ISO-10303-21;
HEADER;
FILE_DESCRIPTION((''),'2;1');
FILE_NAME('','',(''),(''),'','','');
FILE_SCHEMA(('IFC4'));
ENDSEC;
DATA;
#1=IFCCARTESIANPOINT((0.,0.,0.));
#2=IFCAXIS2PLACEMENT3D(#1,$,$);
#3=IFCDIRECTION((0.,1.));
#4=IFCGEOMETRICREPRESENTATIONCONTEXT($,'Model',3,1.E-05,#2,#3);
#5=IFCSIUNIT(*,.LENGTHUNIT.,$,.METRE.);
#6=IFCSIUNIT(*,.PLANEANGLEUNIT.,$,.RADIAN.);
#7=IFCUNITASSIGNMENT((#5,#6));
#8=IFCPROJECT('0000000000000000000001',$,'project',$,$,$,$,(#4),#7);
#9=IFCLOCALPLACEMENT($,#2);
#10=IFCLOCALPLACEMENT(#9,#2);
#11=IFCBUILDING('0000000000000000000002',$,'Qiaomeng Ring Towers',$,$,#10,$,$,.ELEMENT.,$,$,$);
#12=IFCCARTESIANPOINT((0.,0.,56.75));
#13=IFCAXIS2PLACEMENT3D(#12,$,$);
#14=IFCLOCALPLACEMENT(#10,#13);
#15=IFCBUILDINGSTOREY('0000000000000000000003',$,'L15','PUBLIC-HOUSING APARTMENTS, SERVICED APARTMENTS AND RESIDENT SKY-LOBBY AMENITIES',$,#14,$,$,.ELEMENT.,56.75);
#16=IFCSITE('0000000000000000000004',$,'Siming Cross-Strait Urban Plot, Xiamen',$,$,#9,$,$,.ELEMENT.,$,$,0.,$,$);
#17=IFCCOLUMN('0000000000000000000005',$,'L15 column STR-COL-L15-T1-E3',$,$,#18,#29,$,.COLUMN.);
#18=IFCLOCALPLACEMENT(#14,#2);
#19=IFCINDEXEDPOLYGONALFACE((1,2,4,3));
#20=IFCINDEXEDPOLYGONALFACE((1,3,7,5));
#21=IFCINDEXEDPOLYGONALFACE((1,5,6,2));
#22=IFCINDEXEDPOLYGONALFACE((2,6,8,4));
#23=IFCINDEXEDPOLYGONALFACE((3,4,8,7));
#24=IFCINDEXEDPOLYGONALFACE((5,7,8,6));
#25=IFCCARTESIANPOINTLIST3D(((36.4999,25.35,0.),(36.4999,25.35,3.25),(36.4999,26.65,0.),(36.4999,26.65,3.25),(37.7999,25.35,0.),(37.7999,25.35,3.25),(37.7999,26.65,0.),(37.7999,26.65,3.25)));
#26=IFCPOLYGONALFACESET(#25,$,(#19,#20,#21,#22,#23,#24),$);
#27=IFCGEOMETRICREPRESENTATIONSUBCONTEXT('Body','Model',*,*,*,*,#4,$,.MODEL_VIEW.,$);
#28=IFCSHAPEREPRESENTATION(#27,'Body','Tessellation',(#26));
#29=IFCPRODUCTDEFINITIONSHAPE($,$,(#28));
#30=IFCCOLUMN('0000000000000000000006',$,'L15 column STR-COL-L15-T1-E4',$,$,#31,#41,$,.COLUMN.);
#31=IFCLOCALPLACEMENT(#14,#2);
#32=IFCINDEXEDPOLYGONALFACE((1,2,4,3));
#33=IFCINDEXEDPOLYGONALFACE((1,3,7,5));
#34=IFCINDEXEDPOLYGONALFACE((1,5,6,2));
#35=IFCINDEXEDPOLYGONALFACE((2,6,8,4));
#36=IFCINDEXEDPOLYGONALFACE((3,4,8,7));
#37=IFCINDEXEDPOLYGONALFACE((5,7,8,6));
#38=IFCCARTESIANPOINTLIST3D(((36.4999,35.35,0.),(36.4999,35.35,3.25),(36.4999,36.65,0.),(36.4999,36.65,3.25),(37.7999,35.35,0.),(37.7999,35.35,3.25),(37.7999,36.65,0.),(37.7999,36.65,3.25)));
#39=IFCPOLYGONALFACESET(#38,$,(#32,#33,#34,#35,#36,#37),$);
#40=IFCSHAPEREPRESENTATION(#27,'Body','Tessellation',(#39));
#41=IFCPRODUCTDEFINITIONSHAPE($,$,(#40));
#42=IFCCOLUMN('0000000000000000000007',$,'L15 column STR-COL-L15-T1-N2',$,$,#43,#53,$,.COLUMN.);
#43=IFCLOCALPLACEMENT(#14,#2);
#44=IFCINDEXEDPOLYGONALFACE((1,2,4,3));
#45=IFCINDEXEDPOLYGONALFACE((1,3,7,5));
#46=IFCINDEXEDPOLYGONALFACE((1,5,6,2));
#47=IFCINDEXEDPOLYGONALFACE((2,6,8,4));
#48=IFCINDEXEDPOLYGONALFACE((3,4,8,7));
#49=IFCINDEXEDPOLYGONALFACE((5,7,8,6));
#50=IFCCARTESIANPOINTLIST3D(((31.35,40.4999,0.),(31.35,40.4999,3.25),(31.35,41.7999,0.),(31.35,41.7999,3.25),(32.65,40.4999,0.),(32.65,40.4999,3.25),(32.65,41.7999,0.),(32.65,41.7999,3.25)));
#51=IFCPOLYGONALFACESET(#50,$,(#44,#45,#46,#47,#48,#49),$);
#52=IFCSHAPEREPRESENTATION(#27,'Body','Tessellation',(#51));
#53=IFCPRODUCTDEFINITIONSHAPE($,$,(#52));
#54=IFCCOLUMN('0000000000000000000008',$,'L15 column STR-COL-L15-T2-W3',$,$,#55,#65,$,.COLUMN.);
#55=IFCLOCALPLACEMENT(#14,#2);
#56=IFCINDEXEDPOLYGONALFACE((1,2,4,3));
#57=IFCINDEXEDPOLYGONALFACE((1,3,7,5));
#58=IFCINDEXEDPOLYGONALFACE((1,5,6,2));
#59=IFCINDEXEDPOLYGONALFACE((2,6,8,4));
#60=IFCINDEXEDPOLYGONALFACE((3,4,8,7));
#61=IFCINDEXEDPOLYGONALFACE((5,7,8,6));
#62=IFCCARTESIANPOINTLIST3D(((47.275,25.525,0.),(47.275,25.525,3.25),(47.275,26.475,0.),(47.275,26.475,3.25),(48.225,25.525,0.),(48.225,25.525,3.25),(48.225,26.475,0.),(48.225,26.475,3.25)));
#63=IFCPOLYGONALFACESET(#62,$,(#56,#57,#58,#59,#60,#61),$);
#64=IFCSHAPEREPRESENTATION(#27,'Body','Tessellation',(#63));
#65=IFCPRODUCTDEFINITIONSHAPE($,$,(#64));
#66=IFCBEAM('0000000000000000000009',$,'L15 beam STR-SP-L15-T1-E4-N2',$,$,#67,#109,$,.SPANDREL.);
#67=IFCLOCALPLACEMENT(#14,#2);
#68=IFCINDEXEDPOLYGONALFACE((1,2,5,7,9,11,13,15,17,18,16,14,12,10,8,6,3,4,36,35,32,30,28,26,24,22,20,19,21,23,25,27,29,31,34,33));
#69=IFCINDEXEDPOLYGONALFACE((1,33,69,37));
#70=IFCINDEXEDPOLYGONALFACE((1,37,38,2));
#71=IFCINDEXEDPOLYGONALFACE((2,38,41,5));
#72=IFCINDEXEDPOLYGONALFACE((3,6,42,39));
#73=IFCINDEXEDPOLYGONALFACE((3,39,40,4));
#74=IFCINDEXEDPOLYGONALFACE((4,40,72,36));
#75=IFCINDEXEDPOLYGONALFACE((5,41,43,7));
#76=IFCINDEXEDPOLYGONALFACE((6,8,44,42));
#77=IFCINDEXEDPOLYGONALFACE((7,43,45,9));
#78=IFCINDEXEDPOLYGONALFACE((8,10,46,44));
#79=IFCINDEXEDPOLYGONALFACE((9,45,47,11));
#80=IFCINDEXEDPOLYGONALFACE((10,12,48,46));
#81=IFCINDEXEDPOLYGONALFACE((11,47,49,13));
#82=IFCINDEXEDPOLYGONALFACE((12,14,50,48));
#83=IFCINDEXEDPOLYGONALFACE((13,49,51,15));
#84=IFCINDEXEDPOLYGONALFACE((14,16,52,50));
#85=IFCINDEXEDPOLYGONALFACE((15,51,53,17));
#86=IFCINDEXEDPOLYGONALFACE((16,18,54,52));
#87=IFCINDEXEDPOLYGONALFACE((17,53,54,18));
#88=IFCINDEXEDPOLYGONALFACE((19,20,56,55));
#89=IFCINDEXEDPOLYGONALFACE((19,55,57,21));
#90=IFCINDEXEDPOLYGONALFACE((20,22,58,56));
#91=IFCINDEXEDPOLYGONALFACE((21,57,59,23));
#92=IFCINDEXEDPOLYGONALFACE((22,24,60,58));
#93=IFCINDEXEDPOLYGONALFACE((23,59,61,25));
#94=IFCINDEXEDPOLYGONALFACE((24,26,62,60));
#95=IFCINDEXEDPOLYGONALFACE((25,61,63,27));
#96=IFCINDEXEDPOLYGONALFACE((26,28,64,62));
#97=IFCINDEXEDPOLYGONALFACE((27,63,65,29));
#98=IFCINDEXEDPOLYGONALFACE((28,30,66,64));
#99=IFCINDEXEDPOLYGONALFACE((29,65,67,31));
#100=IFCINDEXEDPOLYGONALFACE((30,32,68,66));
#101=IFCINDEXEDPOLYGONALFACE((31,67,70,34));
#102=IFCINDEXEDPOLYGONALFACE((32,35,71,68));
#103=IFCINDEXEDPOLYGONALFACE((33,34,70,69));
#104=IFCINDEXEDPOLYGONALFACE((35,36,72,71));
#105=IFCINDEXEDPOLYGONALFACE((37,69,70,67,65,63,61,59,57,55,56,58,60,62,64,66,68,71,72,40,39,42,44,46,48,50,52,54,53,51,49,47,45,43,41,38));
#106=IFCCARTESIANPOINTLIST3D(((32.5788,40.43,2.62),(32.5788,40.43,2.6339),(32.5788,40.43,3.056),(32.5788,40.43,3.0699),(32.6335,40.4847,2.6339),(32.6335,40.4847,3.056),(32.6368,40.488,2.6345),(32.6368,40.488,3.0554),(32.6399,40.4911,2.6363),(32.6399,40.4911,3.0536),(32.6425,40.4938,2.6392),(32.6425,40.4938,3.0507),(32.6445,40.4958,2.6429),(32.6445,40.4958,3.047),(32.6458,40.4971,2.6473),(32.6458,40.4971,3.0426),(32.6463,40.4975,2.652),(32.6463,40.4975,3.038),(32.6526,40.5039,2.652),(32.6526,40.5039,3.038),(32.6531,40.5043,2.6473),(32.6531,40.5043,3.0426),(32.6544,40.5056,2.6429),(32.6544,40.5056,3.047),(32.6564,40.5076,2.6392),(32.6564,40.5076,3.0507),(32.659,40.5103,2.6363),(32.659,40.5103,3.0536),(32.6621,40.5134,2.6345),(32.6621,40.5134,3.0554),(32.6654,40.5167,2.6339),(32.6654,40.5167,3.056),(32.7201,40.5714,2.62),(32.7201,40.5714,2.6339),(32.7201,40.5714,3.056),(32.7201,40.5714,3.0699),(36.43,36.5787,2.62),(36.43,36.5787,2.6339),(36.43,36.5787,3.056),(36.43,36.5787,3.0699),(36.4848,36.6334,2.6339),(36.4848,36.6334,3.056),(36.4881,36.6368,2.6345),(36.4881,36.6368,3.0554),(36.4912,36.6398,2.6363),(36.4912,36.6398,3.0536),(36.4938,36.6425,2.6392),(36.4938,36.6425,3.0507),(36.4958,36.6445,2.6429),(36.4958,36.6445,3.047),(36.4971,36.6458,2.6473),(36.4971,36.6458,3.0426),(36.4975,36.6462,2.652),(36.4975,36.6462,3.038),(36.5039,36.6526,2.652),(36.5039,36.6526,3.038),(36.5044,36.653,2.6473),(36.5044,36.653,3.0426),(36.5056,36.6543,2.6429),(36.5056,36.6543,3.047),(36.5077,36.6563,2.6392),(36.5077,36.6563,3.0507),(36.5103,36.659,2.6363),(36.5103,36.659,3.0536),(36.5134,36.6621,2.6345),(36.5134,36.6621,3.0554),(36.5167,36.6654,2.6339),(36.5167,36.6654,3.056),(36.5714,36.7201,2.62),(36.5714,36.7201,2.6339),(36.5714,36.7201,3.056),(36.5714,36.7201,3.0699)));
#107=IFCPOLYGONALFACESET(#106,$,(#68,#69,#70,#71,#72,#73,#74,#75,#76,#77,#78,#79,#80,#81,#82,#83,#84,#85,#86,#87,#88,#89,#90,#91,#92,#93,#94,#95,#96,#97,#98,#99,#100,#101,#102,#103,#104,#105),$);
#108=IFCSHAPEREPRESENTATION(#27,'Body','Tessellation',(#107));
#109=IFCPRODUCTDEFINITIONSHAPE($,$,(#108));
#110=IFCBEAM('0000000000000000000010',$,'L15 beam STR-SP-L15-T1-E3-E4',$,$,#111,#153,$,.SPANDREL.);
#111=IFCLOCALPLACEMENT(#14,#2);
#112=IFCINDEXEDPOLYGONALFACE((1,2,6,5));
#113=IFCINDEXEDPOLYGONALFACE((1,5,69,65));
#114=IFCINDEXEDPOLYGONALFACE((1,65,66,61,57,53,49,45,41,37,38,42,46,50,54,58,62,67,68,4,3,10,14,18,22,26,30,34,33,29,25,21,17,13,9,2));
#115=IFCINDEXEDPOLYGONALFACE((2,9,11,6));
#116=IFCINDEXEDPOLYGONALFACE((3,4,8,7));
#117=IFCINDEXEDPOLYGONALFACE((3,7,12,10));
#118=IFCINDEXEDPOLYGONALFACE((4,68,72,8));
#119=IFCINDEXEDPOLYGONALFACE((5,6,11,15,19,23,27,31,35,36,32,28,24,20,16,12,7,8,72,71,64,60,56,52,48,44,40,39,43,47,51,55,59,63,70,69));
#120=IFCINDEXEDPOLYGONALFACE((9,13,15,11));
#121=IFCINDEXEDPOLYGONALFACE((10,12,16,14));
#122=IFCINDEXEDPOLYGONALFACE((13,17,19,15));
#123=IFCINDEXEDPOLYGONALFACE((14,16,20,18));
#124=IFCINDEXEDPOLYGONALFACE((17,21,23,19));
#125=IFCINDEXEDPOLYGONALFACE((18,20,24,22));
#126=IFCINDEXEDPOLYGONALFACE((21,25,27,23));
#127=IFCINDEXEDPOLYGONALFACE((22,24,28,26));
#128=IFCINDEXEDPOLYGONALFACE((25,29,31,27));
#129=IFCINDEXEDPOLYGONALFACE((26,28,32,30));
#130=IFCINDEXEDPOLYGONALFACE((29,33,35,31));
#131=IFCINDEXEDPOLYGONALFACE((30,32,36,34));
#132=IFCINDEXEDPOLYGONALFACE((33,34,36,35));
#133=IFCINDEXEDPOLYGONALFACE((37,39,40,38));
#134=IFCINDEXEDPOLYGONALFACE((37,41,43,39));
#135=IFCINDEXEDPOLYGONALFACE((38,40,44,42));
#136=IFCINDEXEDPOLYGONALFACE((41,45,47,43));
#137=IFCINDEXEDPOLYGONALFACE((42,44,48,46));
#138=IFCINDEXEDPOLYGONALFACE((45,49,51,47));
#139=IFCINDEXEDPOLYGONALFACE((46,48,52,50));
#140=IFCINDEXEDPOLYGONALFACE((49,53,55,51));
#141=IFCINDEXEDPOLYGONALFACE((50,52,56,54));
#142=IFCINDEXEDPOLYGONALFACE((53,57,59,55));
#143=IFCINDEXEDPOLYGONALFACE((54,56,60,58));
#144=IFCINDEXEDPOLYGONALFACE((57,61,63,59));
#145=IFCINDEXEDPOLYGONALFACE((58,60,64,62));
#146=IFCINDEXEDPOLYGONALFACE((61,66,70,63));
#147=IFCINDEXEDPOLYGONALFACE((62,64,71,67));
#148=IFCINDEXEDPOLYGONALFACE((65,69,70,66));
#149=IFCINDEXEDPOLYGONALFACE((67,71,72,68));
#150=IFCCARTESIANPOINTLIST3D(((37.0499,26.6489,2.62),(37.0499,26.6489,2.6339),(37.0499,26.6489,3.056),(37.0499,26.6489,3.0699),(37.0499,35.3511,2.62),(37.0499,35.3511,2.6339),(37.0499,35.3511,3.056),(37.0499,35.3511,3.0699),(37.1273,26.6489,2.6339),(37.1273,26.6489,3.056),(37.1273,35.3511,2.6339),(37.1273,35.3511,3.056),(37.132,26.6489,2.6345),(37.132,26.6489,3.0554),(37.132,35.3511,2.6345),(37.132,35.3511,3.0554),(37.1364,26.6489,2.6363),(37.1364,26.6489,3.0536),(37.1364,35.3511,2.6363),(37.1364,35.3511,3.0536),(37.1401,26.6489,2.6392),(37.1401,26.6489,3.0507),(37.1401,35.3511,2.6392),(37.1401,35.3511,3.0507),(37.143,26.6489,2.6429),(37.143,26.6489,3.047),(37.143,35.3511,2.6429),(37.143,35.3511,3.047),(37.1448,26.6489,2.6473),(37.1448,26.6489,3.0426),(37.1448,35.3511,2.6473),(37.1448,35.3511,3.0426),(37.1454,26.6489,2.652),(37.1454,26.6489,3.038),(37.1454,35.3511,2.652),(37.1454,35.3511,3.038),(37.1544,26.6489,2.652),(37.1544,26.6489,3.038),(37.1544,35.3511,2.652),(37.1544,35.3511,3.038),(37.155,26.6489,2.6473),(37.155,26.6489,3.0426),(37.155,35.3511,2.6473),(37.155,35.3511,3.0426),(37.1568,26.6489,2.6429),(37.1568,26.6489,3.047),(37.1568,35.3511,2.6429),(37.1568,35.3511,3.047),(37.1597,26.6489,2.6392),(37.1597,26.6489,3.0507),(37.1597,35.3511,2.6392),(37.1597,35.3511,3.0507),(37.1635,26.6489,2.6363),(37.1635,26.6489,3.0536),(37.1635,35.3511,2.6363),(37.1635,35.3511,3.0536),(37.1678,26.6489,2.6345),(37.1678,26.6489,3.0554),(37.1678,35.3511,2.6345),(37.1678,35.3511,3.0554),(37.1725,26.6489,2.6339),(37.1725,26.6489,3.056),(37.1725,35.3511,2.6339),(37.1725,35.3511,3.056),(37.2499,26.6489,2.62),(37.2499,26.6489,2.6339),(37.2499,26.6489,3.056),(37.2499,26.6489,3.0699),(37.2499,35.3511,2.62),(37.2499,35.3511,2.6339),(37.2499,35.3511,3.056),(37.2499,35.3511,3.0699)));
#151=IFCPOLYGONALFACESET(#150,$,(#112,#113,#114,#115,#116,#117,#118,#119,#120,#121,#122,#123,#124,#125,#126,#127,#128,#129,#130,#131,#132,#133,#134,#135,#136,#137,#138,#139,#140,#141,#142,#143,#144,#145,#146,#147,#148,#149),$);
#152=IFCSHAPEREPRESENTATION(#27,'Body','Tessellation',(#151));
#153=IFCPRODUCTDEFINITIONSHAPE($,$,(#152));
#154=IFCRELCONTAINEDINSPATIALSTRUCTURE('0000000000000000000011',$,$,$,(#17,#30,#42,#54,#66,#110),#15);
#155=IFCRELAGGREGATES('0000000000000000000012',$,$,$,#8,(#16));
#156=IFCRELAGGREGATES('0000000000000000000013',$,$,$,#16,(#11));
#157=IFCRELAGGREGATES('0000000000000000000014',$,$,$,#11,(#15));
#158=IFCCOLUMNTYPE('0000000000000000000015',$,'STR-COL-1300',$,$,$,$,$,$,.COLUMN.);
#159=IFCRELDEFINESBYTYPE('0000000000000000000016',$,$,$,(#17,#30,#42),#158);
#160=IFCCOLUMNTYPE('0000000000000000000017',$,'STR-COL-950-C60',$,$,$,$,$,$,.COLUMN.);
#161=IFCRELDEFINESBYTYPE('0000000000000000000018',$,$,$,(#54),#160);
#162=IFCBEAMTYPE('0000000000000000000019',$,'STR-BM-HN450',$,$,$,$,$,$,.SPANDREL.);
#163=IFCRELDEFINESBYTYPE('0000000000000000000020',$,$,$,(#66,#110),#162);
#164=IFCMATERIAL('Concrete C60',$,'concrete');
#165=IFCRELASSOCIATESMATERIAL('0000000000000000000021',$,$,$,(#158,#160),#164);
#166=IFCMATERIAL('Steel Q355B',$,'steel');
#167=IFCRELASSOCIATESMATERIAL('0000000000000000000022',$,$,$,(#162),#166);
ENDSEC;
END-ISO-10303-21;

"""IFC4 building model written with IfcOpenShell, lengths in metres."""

from ifc_helpers import new_model, si_unit, direction, frame, origin, origin_2d, place, context, subcontext, project, spatial, rectangle, i_section, extrude, source, transform, mapped, material, material_profile, profile_set, type_object, element, save


model = new_model("IFC4")

# Units and contexts
model_context = context("Model", 3, precision=1e-05, world=origin(), true_north=direction((0.0, 1.0)))
body_context = subcontext(model_context, "Body", "Model", "MODEL_VIEW")
ifc_project = project(units=[si_unit("LENGTHUNIT", "METRE"), si_unit("PLANEANGLEUNIT", "RADIAN")], contexts=[model_context])

# Site, building, storey
site_placement = place(None, origin())
site = spatial("IfcSite", under=ifc_project, at=site_placement, Name="Siming Cross-Strait Urban Plot, Xiamen", CompositionType="ELEMENT", RefElevation=0.0)
building_placement = place(site_placement, origin())
building = spatial("IfcBuilding", under=site, at=building_placement, Name="Qiaomeng Ring Towers", CompositionType="ELEMENT")
storey_placement = place(building_placement, frame((0.0, 0.0, 56.75)))
storey = spatial("IfcBuildingStorey", under=building, at=storey_placement, Name="L15", Description="PUBLIC-HOUSING APARTMENTS, SERVICED APARTMENTS AND RESIDENT SKY-LOBBY AMENITIES", CompositionType="ELEMENT", Elevation=56.75)

# Columns
ifc_material_1 = material(Name="Concrete C60", Category="concrete")
ifc_material_profile_1 = material_profile(ifc_material_1, rectangle(XDim=1.3, YDim=1.3, at=origin_2d()), Name="RC COL 1300x1300")
ifc_profile_set_1 = profile_set([ifc_material_profile_1], Name="Concrete C60")
column_type_1 = type_object("IfcColumnType", Name="STR-COL-1300", PredefinedType="COLUMN", material=ifc_profile_set_1)
shared_shape_1 = source(origin(), body_context, "Body", "SweptSolid", [
    extrude(rectangle(XDim=1.3, YDim=1.3, at=origin_2d()), origin(), (0.0, 0.0, 1.0), 3.25),
])
for number, where, z_axis, x_axis, name in (
    (1, (37.1499, 26.0, 0.0), (0.0, 0.0, 1.0), (1.0, 0.0, 0.0), "L15 column STR-COL-L15-T1-E3"),
    (2, (37.1499, 36.0, 0.0), (0.0, 0.0, 1.0), (1.0, 0.0, 0.0), "L15 column STR-COL-L15-T1-E4"),
    (3, (32.0, 41.1499, 0.0), (0.0, 0.0, 1.0), (1.0, 0.0, 0.0), "L15 column STR-COL-L15-T1-N2"),
):
    element("IfcColumn", number, at=place(storey_placement, frame(where, z_axis=z_axis, x_axis=x_axis)), inside=storey, type_object=column_type_1, Name=name, PredefinedType="COLUMN", context=body_context, shape_type="MappedRepresentation", body=[
        mapped(shared_shape_1, transform((0.0, 0.0, 0.0), x_axis=(1.0, 0.0, 0.0), y_axis=(0.0, 1.0, 0.0), z_axis=(0.0, 0.0, 1.0), scale=1.0)),
    ])
ifc_material_profile_2 = material_profile(ifc_material_1, rectangle(XDim=0.95, YDim=0.95, at=origin_2d()), Name="RC COL 950x950")
ifc_profile_set_2 = profile_set([ifc_material_profile_2], Name="Concrete C60")
column_type_2 = type_object("IfcColumnType", Name="STR-COL-950-C60", PredefinedType="COLUMN", material=ifc_profile_set_2)
shared_shape_2 = source(origin(), body_context, "Body", "SweptSolid", [
    extrude(rectangle(XDim=0.95, YDim=0.95, at=origin_2d()), origin(), (0.0, 0.0, 1.0), 3.25),
])
column_placement = place(storey_placement, frame((47.75, 26.0, 0.0), z_axis=(0.0, 0.0, 1.0), x_axis=(1.0, 0.0, 0.0)))
element("IfcColumn", 4, at=column_placement, inside=storey, type_object=column_type_2, Name="L15 column STR-COL-L15-T2-W3", PredefinedType="COLUMN", context=body_context, shape_type="MappedRepresentation", body=[
    mapped(shared_shape_2, transform((0.0, 0.0, 0.0), x_axis=(1.0, 0.0, 0.0), y_axis=(0.0, 1.0, 0.0), z_axis=(0.0, 0.0, 1.0), scale=1.0)),
])

# Beams
ifc_material_2 = material(Name="Steel Q355B", Category="steel")
ifc_material_profile_3 = material_profile(ifc_material_2, i_section(OverallWidth=0.2, OverallDepth=0.45, WebThickness=0.009, FlangeThickness=0.0139, FilletRadius=0.0181, at=origin_2d()), Name="HN 450x200x9x14")
ifc_profile_set_3 = profile_set([ifc_material_profile_3], Name="Steel Q355B")
beam_type_1 = type_object("IfcBeamType", Name="STR-BM-HN450", PredefinedType="SPANDREL", material=ifc_profile_set_3)
shared_shape_3 = source(origin(), body_context, "Body", "SweptSolid", [
    extrude(i_section(OverallWidth=0.2, OverallDepth=0.45, WebThickness=0.009, FlangeThickness=0.0139, FilletRadius=0.0181, at=origin_2d()), origin(), (0.0, 0.0, 1.0), 5.4465),
])
beam_1_placement = place(storey_placement, frame((36.5007, 36.6494, 2.845), z_axis=(-0.707107, 0.707107, 0.0), x_axis=(-0.707107, -0.707107, 0.0)))
element("IfcBeam", 5, at=beam_1_placement, inside=storey, type_object=beam_type_1, Name="L15 beam STR-SP-L15-T1-E4-N2", PredefinedType="SPANDREL", context=body_context, shape_type="MappedRepresentation", body=[
    mapped(shared_shape_3, transform((0.0, 0.0, 0.0), x_axis=(1.0, 0.0, 0.0), y_axis=(0.0, 1.0, 0.0), z_axis=(0.0, 0.0, 1.0), scale=1.0)),
])
shared_shape_4 = source(origin(), body_context, "Body", "SweptSolid", [
    extrude(i_section(OverallWidth=0.2, OverallDepth=0.45, WebThickness=0.009, FlangeThickness=0.0139, FilletRadius=0.0181, at=origin_2d()), origin(), (0.0, 0.0, 1.0), 8.7021),
])
beam_2_placement = place(storey_placement, frame((37.1499, 26.6489, 2.845), z_axis=(0.0, 1.0, 0.0), x_axis=(-1.0, 0.0, 0.0)))
element("IfcBeam", 6, at=beam_2_placement, inside=storey, type_object=beam_type_1, Name="L15 beam STR-SP-L15-T1-E3-E4", PredefinedType="SPANDREL", context=body_context, shape_type="MappedRepresentation", body=[
    mapped(shared_shape_4, transform((0.0, 0.0, 0.0), x_axis=(1.0, 0.0, 0.0), y_axis=(0.0, 1.0, 0.0), z_axis=(0.0, 0.0, 1.0), scale=1.0)),
])

save(model, "model.ifc")
